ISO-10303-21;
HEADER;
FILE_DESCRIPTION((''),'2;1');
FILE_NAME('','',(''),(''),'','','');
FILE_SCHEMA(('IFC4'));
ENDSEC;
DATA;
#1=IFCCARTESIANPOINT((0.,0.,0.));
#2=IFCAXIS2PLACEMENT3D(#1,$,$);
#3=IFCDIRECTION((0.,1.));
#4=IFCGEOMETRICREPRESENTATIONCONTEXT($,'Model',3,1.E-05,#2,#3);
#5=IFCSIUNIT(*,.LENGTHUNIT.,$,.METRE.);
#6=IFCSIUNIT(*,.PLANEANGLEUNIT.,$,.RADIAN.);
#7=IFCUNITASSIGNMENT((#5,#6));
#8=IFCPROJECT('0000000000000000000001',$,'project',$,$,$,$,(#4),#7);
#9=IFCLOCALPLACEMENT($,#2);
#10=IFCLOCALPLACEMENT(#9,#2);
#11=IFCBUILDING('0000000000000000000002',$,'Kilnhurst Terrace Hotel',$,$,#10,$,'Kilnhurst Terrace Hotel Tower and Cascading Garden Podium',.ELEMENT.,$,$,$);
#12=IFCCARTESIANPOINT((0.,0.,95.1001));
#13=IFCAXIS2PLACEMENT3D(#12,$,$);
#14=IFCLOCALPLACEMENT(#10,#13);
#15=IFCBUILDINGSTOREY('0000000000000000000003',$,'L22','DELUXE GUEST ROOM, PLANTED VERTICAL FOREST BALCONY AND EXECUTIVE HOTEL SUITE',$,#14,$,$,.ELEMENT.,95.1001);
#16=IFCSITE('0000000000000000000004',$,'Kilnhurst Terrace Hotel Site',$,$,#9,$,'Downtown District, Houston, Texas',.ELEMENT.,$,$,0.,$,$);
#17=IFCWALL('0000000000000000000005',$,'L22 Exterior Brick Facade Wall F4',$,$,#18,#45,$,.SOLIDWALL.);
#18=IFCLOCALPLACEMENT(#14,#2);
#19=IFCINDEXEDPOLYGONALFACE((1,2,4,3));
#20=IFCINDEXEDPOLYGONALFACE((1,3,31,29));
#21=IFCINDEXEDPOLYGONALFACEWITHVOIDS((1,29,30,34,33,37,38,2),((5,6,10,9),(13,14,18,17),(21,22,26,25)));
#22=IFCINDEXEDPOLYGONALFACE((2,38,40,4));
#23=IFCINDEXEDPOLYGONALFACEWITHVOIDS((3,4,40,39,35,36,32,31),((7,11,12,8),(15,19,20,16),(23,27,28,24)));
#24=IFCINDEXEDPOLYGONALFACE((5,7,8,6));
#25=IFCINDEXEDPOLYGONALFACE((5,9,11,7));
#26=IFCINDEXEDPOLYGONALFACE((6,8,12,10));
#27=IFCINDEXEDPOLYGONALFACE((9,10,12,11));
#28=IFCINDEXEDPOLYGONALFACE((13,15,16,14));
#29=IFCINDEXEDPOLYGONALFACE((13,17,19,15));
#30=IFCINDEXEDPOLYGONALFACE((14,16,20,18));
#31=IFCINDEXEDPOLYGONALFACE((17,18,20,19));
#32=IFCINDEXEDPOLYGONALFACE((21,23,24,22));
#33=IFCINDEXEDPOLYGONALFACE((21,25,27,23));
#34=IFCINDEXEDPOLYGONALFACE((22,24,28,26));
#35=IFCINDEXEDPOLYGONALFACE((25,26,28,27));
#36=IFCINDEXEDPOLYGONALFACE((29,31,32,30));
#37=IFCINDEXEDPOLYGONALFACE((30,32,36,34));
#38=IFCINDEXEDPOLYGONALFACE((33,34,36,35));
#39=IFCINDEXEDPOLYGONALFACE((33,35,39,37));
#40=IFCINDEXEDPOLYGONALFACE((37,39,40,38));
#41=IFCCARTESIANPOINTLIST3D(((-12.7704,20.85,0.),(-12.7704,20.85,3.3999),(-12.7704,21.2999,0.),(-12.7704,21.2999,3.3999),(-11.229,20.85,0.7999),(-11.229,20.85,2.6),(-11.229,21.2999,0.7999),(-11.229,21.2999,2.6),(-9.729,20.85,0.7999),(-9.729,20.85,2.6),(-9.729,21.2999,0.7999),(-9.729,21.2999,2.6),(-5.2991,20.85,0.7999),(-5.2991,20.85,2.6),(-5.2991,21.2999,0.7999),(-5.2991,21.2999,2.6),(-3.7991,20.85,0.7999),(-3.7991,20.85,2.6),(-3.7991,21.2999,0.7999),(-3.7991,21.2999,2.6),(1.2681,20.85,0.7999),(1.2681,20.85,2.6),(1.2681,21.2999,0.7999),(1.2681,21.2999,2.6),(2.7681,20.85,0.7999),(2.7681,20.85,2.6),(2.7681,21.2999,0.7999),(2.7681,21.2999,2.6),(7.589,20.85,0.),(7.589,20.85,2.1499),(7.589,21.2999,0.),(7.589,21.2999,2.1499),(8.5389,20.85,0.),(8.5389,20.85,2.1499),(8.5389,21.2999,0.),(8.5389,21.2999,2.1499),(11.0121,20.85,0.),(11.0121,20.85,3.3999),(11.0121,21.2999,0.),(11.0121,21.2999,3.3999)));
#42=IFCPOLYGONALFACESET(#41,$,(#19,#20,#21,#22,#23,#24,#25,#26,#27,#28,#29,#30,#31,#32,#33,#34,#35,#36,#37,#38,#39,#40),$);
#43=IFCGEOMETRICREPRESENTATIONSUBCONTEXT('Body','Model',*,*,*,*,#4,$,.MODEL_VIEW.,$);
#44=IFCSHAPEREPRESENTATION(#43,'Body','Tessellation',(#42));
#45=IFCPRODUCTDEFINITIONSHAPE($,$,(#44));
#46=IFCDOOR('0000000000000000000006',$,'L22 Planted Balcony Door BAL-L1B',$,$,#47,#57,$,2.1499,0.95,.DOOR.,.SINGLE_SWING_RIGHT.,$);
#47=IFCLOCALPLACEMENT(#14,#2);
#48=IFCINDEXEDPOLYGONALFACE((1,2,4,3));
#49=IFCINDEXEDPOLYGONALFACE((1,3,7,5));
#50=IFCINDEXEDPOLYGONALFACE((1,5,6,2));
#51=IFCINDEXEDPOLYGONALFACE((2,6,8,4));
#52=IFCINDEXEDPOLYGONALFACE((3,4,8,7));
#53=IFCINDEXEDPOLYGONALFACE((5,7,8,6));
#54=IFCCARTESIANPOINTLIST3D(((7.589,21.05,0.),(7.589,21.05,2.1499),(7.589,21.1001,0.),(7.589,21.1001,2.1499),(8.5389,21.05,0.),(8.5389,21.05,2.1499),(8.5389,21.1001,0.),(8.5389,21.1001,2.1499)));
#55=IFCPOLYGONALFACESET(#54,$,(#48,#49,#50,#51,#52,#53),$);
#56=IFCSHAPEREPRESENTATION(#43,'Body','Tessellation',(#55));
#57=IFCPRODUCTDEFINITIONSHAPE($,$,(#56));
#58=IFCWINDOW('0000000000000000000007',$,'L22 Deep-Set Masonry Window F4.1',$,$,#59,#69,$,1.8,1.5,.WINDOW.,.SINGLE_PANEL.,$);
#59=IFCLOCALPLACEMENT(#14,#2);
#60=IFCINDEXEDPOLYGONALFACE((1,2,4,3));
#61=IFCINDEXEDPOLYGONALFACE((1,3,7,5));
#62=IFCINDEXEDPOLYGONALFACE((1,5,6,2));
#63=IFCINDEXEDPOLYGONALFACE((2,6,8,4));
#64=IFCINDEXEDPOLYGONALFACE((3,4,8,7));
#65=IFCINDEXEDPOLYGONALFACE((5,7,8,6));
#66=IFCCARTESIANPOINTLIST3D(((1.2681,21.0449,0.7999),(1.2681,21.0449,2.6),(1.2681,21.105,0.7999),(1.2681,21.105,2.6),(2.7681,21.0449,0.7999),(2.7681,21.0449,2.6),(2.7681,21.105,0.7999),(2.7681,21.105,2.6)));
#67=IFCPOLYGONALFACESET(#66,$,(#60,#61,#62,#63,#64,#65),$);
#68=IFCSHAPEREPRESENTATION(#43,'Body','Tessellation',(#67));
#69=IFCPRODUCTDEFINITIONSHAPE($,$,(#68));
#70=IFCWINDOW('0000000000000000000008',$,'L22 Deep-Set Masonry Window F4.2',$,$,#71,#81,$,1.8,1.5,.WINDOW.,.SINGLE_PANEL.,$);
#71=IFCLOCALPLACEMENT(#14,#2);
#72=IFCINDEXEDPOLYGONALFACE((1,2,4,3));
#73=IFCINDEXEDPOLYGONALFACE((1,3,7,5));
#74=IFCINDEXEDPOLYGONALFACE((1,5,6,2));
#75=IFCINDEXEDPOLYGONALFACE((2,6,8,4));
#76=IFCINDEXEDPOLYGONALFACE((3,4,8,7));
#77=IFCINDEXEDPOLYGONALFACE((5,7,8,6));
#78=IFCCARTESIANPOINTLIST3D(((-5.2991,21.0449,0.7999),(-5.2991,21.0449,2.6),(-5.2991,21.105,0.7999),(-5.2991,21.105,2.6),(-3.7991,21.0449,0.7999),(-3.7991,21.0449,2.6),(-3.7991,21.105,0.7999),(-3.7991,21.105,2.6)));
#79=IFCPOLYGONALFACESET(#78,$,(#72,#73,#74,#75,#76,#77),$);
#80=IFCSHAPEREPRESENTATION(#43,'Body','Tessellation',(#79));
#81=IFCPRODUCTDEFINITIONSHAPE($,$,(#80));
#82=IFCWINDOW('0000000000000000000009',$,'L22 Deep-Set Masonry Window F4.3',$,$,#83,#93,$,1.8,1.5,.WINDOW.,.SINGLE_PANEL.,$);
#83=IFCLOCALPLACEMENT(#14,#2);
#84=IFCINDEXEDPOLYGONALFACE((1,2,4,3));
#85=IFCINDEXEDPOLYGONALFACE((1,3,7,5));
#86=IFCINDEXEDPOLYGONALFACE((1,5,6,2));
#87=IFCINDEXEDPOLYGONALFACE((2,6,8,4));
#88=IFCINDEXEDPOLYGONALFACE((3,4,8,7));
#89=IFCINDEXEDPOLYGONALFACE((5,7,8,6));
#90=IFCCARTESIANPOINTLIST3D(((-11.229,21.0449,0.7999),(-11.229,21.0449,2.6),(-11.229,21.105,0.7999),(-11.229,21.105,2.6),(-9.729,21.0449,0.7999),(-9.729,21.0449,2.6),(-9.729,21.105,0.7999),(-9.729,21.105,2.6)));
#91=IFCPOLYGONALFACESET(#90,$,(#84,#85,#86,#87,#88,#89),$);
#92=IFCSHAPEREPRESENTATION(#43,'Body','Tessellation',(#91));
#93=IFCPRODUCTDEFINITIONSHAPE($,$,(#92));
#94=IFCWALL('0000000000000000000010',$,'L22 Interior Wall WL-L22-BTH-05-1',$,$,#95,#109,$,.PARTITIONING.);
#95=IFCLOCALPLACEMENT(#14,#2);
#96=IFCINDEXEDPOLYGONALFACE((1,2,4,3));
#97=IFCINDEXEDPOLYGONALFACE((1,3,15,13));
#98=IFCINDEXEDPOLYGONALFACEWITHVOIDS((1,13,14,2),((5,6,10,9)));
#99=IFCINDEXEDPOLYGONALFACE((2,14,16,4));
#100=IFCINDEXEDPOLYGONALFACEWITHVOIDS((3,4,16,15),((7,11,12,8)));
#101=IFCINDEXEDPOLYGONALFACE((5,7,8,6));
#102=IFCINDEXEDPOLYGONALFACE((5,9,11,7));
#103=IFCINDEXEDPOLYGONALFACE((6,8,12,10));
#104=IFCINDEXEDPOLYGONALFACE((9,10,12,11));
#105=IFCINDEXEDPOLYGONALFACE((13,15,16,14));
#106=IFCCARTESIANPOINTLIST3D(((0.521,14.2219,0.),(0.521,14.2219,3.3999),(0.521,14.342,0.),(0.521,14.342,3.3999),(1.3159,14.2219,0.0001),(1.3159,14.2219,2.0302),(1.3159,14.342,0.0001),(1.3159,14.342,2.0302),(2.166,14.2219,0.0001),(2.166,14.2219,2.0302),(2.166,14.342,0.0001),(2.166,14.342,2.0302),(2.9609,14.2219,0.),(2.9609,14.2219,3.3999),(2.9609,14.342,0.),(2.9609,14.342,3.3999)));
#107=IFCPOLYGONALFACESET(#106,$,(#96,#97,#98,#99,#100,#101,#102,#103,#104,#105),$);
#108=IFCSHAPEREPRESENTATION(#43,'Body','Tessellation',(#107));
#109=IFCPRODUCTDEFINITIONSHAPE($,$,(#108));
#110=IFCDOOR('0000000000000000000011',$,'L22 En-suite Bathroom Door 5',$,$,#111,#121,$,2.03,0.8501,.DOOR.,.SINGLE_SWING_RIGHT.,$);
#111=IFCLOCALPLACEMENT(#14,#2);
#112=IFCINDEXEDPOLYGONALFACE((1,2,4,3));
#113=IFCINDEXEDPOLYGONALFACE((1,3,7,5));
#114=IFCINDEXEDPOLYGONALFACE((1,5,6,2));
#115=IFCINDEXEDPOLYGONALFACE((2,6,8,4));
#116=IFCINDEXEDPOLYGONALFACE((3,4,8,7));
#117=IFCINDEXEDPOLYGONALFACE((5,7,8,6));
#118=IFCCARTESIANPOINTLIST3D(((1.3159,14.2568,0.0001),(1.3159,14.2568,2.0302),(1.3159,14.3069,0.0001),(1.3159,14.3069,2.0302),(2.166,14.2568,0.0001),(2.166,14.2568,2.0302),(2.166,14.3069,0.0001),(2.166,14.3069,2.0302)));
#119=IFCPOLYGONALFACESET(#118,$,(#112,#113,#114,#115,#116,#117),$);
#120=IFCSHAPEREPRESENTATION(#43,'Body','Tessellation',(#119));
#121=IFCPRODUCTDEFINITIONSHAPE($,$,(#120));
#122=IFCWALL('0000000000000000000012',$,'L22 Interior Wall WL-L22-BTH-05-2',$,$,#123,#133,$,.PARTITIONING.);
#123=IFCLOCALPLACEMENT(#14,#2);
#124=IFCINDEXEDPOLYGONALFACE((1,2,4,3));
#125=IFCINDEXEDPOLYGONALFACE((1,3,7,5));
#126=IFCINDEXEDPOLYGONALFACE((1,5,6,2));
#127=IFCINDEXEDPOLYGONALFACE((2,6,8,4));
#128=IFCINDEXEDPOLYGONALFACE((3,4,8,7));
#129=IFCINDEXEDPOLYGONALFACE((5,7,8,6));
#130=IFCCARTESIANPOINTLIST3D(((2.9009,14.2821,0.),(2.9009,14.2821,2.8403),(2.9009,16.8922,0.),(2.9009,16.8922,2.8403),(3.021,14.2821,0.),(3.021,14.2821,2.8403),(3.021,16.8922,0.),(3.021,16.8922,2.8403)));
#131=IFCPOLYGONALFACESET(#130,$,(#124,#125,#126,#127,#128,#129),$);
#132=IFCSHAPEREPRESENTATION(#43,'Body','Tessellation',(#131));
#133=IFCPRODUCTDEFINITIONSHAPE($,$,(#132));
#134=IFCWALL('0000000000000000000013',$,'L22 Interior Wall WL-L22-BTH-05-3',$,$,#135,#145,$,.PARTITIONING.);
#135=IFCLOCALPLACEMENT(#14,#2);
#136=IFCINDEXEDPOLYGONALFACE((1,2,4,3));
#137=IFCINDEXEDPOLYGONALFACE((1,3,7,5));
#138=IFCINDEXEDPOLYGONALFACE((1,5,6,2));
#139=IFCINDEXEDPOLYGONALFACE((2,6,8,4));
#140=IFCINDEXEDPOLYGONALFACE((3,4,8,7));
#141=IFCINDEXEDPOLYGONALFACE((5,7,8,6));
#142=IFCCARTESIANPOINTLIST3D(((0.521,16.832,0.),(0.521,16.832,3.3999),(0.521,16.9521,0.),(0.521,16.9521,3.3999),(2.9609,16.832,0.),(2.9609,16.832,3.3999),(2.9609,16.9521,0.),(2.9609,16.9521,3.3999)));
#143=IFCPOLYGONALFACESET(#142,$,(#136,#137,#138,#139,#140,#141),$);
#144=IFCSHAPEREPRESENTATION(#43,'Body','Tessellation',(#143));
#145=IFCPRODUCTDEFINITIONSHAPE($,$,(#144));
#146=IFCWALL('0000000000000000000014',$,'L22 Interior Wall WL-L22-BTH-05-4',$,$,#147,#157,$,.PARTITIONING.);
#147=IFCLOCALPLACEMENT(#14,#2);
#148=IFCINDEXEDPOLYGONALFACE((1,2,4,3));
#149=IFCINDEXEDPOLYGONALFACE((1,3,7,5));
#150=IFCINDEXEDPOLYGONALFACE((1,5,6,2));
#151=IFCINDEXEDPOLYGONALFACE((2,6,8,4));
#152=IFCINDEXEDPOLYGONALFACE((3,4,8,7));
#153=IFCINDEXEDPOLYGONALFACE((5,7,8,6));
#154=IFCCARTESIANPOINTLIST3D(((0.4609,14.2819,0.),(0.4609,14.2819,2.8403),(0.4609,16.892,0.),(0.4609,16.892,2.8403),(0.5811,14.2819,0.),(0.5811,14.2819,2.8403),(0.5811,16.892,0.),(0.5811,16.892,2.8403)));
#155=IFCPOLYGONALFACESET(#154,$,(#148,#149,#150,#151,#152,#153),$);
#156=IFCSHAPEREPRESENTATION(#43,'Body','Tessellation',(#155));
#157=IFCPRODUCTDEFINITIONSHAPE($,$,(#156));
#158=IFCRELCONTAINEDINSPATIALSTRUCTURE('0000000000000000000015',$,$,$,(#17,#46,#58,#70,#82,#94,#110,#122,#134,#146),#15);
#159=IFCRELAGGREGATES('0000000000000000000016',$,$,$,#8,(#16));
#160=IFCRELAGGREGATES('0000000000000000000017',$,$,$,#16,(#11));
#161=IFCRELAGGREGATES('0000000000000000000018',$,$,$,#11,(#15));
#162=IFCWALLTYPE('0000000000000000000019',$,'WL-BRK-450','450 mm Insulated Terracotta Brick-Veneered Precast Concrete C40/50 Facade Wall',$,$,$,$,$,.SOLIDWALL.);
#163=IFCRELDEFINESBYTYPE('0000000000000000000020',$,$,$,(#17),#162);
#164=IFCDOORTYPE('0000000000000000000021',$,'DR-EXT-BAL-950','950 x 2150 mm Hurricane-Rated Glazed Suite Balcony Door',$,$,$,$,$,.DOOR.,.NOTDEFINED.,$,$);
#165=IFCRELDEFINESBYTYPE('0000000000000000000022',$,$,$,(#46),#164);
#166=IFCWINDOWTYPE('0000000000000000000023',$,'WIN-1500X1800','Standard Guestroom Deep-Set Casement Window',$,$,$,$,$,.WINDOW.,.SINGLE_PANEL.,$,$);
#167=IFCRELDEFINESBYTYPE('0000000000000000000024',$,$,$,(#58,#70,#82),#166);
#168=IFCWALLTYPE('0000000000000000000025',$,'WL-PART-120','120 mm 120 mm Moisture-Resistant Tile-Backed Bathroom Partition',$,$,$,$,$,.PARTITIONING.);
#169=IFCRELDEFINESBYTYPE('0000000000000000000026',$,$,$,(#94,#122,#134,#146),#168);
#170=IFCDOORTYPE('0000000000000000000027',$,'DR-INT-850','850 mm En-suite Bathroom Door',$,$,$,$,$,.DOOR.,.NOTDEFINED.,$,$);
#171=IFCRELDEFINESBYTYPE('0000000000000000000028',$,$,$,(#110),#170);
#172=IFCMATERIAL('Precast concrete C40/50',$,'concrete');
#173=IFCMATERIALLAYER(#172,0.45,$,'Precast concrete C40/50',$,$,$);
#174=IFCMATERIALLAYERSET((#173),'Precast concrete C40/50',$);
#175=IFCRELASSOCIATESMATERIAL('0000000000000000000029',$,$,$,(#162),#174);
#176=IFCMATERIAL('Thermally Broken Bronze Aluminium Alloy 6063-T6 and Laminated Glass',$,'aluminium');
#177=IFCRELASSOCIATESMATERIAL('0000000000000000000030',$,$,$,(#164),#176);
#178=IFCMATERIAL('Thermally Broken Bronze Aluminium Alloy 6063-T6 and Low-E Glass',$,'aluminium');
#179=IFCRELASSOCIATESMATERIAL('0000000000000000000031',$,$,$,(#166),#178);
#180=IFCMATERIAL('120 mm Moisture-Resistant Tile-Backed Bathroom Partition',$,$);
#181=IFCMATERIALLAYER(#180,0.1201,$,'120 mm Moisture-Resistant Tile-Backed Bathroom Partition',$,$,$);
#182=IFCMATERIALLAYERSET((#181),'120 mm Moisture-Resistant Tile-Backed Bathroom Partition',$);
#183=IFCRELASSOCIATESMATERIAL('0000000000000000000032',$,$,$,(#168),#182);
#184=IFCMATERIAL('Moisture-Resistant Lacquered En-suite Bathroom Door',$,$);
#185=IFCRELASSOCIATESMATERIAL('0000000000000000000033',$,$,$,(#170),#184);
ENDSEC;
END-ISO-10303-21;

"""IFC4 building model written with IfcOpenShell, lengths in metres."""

from ifc_helpers import new_model, si_unit, direction, frame, frame_2d, origin, place, context, subcontext, project, spatial, rectangle, extrude, material, layer, layer_set, type_object, element, fill, save


model = new_model("IFC4")

# Units and contexts
model_context = context("Model", 3, precision=1e-05, world=origin(), true_north=direction((0.0, 1.0)))
body_context = subcontext(model_context, "Body", "Model", "MODEL_VIEW")
ifc_project = project(units=[si_unit("LENGTHUNIT", "METRE"), si_unit("PLANEANGLEUNIT", "RADIAN")], contexts=[model_context])

# Site, building, storey
site_placement = place(None, origin())
site = spatial("IfcSite", under=ifc_project, at=site_placement, Name="Kilnhurst Terrace Hotel Site", LongName="Downtown District, Houston, Texas", CompositionType="ELEMENT", RefElevation=0.0)
building_placement = place(site_placement, origin())
building = spatial("IfcBuilding", under=site, at=building_placement, Name="Kilnhurst Terrace Hotel", LongName="Kilnhurst Terrace Hotel Tower and Cascading Garden Podium", CompositionType="ELEMENT")
storey_placement = place(building_placement, frame((0.0, 0.0, 95.1001)))
storey = spatial("IfcBuildingStorey", under=building, at=storey_placement, Name="L22", Description="DELUXE GUEST ROOM, PLANTED VERTICAL FOREST BALCONY AND EXECUTIVE HOTEL SUITE", CompositionType="ELEMENT", Elevation=95.1001)

# Shared definitions
ifc_material_1 = material(Name="Precast concrete C40/50", Category="concrete")
ifc_layer_1 = layer(ifc_material_1, 0.45, Name="Precast concrete C40/50")
ifc_layer_set_1 = layer_set([ifc_layer_1], Name="Precast concrete C40/50")
wall_type_1 = type_object("IfcWallType", Name="WL-BRK-450", Description="450 mm Insulated Terracotta Brick-Veneered Precast Concrete C40/50 Facade Wall", PredefinedType="SOLIDWALL", material=ifc_layer_set_1)

# Wall, openings, door, windows
wall_1_placement = place(storey_placement, frame((11.012, 21.075, 0.0), z_axis=(0.0, 0.0, 1.0), x_axis=(-1.0, 0.0, 0.0)))
wall_1 = element("IfcWall", 1, at=wall_1_placement, inside=storey, type_object=wall_type_1, Name="L22 Exterior Brick Facade Wall F4", PredefinedType="SOLIDWALL", context=body_context, shape_type="SweptSolid", body=[
    extrude(rectangle(XDim=23.7825, YDim=0.45, at=frame_2d((11.8911, 0.0))), origin(), (0.0, 0.0, 1.0), 3.3999),
])
opening_1_placement = place(wall_1_placement, frame((2.4729, 0.0, 0.0)))
opening_1 = element("IfcOpeningElement", 2, at=opening_1_placement, cuts=wall_1, PredefinedType="OPENING", context=body_context, shape_type="SweptSolid", body=[
    extrude(rectangle(XDim=0.95, YDim=2.1499, at=frame_2d((0.4751, 1.075))), frame((0.0, 0.2349, 0.0), z_axis=(0.0, -1.0, 0.0), x_axis=(1.0, 0.0, 0.0)), (0.0, 0.0, 1.0), 0.47),
])
opening_2_placement = place(wall_1_placement, frame((8.2439, 0.0, 0.8)))
opening_2 = element("IfcOpeningElement", 3, at=opening_2_placement, cuts=wall_1, PredefinedType="OPENING", context=body_context, shape_type="SweptSolid", body=[
    extrude(rectangle(XDim=1.5, YDim=1.8, at=frame_2d((0.75, 0.8999))), frame((0.0, 0.2349, 0.0), z_axis=(0.0, -1.0, 0.0), x_axis=(1.0, 0.0, 0.0)), (0.0, 0.0, 1.0), 0.47),
])
opening_3_placement = place(wall_1_placement, frame((14.811, 0.0, 0.8)))
opening_3 = element("IfcOpeningElement", 4, at=opening_3_placement, cuts=wall_1, PredefinedType="OPENING", context=body_context, shape_type="SweptSolid", body=[
    extrude(rectangle(XDim=1.5, YDim=1.8, at=frame_2d((0.75, 0.8999))), frame((0.0, 0.2349, 0.0), z_axis=(0.0, -1.0, 0.0), x_axis=(1.0, 0.0, 0.0)), (0.0, 0.0, 1.0), 0.47),
])
opening_4_placement = place(wall_1_placement, frame((20.741, 0.0, 0.8)))
opening_4 = element("IfcOpeningElement", 5, at=opening_4_placement, cuts=wall_1, PredefinedType="OPENING", context=body_context, shape_type="SweptSolid", body=[
    extrude(rectangle(XDim=1.5, YDim=1.8, at=frame_2d((0.75, 0.8999))), frame((0.0, 0.2349, 0.0), z_axis=(0.0, -1.0, 0.0), x_axis=(1.0, 0.0, 0.0)), (0.0, 0.0, 1.0), 0.47),
])
ifc_material_2 = material(Name="Thermally Broken Bronze Aluminium Alloy 6063-T6 and Laminated Glass", Category="aluminium")
door_type_1 = type_object("IfcDoorType", Name="DR-EXT-BAL-950", Description="950 x 2150 mm Hurricane-Rated Glazed Suite Balcony Door", OperationType="NOTDEFINED", PredefinedType="DOOR", material=ifc_material_2)
door_1_placement = place(opening_1_placement, origin())
door_1 = element("IfcDoor", 6, at=door_1_placement, inside=storey, type_object=door_type_1, Name="L22 Planted Balcony Door BAL-L1B", OperationType="SINGLE_SWING_RIGHT", OverallHeight=2.1499, OverallWidth=0.95, PredefinedType="DOOR", context=body_context, shape_type="SweptSolid", body=[
    extrude(rectangle(XDim=0.95, YDim=2.1499, at=frame_2d((0.4751, 1.075))), frame((0.0, 0.0249, 0.0), z_axis=(0.0, -1.0, 0.0), x_axis=(1.0, 0.0, 0.0)), (0.0, 0.0, 1.0), 0.05),
])
fill(opening_1, door_1)
ifc_material_3 = material(Name="Thermally Broken Bronze Aluminium Alloy 6063-T6 and Low-E Glass", Category="aluminium")
window_type = type_object("IfcWindowType", Name="WIN-1500X1800", Description="Standard Guestroom Deep-Set Casement Window", PartitioningType="SINGLE_PANEL", PredefinedType="WINDOW", material=ifc_material_3)
window_1_placement = place(opening_2_placement, origin())
window_1 = element("IfcWindow", 7, at=window_1_placement, inside=storey, type_object=window_type, Name="L22 Deep-Set Masonry Window F4.1", OverallHeight=1.8, OverallWidth=1.5, PartitioningType="SINGLE_PANEL", PredefinedType="WINDOW", context=body_context, shape_type="SweptSolid", body=[
    extrude(rectangle(XDim=1.5, YDim=1.8, at=frame_2d((0.75, 0.8999))), frame((0.0, 0.03, 0.0), z_axis=(0.0, -1.0, 0.0), x_axis=(1.0, 0.0, 0.0)), (0.0, 0.0, 1.0), 0.0601),
])
fill(opening_2, window_1)
window_2_placement = place(opening_3_placement, origin())
window_2 = element("IfcWindow", 8, at=window_2_placement, inside=storey, type_object=window_type, Name="L22 Deep-Set Masonry Window F4.2", OverallHeight=1.8, OverallWidth=1.5, PartitioningType="SINGLE_PANEL", PredefinedType="WINDOW", context=body_context, shape_type="SweptSolid", body=[
    extrude(rectangle(XDim=1.5, YDim=1.8, at=frame_2d((0.75, 0.8999))), frame((0.0, 0.03, 0.0), z_axis=(0.0, -1.0, 0.0), x_axis=(1.0, 0.0, 0.0)), (0.0, 0.0, 1.0), 0.0601),
])
fill(opening_3, window_2)
window_3_placement = place(opening_4_placement, origin())
window_3 = element("IfcWindow", 9, at=window_3_placement, inside=storey, type_object=window_type, Name="L22 Deep-Set Masonry Window F4.3", OverallHeight=1.8, OverallWidth=1.5, PartitioningType="SINGLE_PANEL", PredefinedType="WINDOW", context=body_context, shape_type="SweptSolid", body=[
    extrude(rectangle(XDim=1.5, YDim=1.8, at=frame_2d((0.75, 0.8999))), frame((0.0, 0.03, 0.0), z_axis=(0.0, -1.0, 0.0), x_axis=(1.0, 0.0, 0.0)), (0.0, 0.0, 1.0), 0.0601),
])
fill(opening_4, window_3)

# Wall, opening, door
ifc_material_4 = material(Name="120 mm Moisture-Resistant Tile-Backed Bathroom Partition")
ifc_layer_2 = layer(ifc_material_4, 0.1201, Name="120 mm Moisture-Resistant Tile-Backed Bathroom Partition")
ifc_layer_set_2 = layer_set([ifc_layer_2], Name="120 mm Moisture-Resistant Tile-Backed Bathroom Partition")
wall_type_2 = type_object("IfcWallType", Name="WL-PART-120", Description="120 mm 120 mm Moisture-Resistant Tile-Backed Bathroom Partition", PredefinedType="PARTITIONING", material=ifc_layer_set_2)
wall_2_placement = place(storey_placement, frame((0.521, 14.282, 0.0), z_axis=(0.0, 0.0, 1.0), x_axis=(1.0, 0.0, 0.0)))
wall_2 = element("IfcWall", 10, at=wall_2_placement, inside=storey, type_object=wall_type_2, Name="L22 Interior Wall WL-L22-BTH-05-1", PredefinedType="PARTITIONING", context=body_context, shape_type="SweptSolid", body=[
    extrude(rectangle(XDim=2.4399, YDim=0.1201, at=frame_2d((1.22, 0.0))), origin(), (0.0, 0.0, 1.0), 3.3999),
])
opening_5_placement = place(wall_2_placement, frame((0.7949, 0.0, 0.0)))
opening_5 = element("IfcOpeningElement", 11, at=opening_5_placement, cuts=wall_2, PredefinedType="OPENING", context=body_context, shape_type="SweptSolid", body=[
    extrude(rectangle(XDim=0.8501, YDim=2.03, at=frame_2d((0.425, 1.0151))), frame((0.0, 0.0701, 0.0), z_axis=(0.0, -1.0, 0.0), x_axis=(1.0, 0.0, 0.0)), (0.0, 0.0, 1.0), 0.1401),
])
ifc_material_5 = material(Name="Moisture-Resistant Lacquered En-suite Bathroom Door")
door_type_2 = type_object("IfcDoorType", Name="DR-INT-850", Description="850 mm En-suite Bathroom Door", OperationType="NOTDEFINED", PredefinedType="DOOR", material=ifc_material_5)
door_2_placement = place(opening_5_placement, origin())
door_2 = element("IfcDoor", 12, at=door_2_placement, inside=storey, type_object=door_type_2, Name="L22 En-suite Bathroom Door 5", OperationType="SINGLE_SWING_RIGHT", OverallHeight=2.03, OverallWidth=0.8501, PredefinedType="DOOR", context=body_context, shape_type="SweptSolid", body=[
    extrude(rectangle(XDim=0.8501, YDim=2.03, at=frame_2d((0.425, 1.0151))), frame((0.0, 0.0249, 0.0), z_axis=(0.0, -1.0, 0.0), x_axis=(1.0, 0.0, 0.0)), (0.0, 0.0, 1.0), 0.05),
])
fill(opening_5, door_2)

# Walls
wall_3_placement = place(storey_placement, frame((2.9609, 14.282, 0.0), z_axis=(0.0, 0.0, 1.0), x_axis=(0.0, 1.0, 0.0)))
element("IfcWall", 13, at=wall_3_placement, inside=storey, type_object=wall_type_2, Name="L22 Interior Wall WL-L22-BTH-05-2", PredefinedType="PARTITIONING", context=body_context, shape_type="SweptSolid", body=[
    extrude(rectangle(XDim=2.6101, YDim=0.1201, at=frame_2d((1.3052, 0.0))), origin(), (0.0, 0.0, 1.0), 2.8403),
])
wall_4_placement = place(storey_placement, frame((2.9609, 16.8921, 0.0), z_axis=(0.0, 0.0, 1.0), x_axis=(-1.0, 0.0, 0.0)))
element("IfcWall", 14, at=wall_4_placement, inside=storey, type_object=wall_type_2, Name="L22 Interior Wall WL-L22-BTH-05-3", PredefinedType="PARTITIONING", context=body_context, shape_type="SweptSolid", body=[
    extrude(rectangle(XDim=2.4399, YDim=0.1201, at=frame_2d((1.22, 0.0))), origin(), (0.0, 0.0, 1.0), 3.3999),
])
wall_5_placement = place(storey_placement, frame((0.521, 16.8921, 0.0), z_axis=(0.0, 0.0, 1.0), x_axis=(0.0, -1.0, 0.0)))
element("IfcWall", 15, at=wall_5_placement, inside=storey, type_object=wall_type_2, Name="L22 Interior Wall WL-L22-BTH-05-4", PredefinedType="PARTITIONING", context=body_context, shape_type="SweptSolid", body=[
    extrude(rectangle(XDim=2.6101, YDim=0.1201, at=frame_2d((1.3052, 0.0))), origin(), (0.0, 0.0, 1.0), 2.8403),
])

save(model, "model.ifc")
